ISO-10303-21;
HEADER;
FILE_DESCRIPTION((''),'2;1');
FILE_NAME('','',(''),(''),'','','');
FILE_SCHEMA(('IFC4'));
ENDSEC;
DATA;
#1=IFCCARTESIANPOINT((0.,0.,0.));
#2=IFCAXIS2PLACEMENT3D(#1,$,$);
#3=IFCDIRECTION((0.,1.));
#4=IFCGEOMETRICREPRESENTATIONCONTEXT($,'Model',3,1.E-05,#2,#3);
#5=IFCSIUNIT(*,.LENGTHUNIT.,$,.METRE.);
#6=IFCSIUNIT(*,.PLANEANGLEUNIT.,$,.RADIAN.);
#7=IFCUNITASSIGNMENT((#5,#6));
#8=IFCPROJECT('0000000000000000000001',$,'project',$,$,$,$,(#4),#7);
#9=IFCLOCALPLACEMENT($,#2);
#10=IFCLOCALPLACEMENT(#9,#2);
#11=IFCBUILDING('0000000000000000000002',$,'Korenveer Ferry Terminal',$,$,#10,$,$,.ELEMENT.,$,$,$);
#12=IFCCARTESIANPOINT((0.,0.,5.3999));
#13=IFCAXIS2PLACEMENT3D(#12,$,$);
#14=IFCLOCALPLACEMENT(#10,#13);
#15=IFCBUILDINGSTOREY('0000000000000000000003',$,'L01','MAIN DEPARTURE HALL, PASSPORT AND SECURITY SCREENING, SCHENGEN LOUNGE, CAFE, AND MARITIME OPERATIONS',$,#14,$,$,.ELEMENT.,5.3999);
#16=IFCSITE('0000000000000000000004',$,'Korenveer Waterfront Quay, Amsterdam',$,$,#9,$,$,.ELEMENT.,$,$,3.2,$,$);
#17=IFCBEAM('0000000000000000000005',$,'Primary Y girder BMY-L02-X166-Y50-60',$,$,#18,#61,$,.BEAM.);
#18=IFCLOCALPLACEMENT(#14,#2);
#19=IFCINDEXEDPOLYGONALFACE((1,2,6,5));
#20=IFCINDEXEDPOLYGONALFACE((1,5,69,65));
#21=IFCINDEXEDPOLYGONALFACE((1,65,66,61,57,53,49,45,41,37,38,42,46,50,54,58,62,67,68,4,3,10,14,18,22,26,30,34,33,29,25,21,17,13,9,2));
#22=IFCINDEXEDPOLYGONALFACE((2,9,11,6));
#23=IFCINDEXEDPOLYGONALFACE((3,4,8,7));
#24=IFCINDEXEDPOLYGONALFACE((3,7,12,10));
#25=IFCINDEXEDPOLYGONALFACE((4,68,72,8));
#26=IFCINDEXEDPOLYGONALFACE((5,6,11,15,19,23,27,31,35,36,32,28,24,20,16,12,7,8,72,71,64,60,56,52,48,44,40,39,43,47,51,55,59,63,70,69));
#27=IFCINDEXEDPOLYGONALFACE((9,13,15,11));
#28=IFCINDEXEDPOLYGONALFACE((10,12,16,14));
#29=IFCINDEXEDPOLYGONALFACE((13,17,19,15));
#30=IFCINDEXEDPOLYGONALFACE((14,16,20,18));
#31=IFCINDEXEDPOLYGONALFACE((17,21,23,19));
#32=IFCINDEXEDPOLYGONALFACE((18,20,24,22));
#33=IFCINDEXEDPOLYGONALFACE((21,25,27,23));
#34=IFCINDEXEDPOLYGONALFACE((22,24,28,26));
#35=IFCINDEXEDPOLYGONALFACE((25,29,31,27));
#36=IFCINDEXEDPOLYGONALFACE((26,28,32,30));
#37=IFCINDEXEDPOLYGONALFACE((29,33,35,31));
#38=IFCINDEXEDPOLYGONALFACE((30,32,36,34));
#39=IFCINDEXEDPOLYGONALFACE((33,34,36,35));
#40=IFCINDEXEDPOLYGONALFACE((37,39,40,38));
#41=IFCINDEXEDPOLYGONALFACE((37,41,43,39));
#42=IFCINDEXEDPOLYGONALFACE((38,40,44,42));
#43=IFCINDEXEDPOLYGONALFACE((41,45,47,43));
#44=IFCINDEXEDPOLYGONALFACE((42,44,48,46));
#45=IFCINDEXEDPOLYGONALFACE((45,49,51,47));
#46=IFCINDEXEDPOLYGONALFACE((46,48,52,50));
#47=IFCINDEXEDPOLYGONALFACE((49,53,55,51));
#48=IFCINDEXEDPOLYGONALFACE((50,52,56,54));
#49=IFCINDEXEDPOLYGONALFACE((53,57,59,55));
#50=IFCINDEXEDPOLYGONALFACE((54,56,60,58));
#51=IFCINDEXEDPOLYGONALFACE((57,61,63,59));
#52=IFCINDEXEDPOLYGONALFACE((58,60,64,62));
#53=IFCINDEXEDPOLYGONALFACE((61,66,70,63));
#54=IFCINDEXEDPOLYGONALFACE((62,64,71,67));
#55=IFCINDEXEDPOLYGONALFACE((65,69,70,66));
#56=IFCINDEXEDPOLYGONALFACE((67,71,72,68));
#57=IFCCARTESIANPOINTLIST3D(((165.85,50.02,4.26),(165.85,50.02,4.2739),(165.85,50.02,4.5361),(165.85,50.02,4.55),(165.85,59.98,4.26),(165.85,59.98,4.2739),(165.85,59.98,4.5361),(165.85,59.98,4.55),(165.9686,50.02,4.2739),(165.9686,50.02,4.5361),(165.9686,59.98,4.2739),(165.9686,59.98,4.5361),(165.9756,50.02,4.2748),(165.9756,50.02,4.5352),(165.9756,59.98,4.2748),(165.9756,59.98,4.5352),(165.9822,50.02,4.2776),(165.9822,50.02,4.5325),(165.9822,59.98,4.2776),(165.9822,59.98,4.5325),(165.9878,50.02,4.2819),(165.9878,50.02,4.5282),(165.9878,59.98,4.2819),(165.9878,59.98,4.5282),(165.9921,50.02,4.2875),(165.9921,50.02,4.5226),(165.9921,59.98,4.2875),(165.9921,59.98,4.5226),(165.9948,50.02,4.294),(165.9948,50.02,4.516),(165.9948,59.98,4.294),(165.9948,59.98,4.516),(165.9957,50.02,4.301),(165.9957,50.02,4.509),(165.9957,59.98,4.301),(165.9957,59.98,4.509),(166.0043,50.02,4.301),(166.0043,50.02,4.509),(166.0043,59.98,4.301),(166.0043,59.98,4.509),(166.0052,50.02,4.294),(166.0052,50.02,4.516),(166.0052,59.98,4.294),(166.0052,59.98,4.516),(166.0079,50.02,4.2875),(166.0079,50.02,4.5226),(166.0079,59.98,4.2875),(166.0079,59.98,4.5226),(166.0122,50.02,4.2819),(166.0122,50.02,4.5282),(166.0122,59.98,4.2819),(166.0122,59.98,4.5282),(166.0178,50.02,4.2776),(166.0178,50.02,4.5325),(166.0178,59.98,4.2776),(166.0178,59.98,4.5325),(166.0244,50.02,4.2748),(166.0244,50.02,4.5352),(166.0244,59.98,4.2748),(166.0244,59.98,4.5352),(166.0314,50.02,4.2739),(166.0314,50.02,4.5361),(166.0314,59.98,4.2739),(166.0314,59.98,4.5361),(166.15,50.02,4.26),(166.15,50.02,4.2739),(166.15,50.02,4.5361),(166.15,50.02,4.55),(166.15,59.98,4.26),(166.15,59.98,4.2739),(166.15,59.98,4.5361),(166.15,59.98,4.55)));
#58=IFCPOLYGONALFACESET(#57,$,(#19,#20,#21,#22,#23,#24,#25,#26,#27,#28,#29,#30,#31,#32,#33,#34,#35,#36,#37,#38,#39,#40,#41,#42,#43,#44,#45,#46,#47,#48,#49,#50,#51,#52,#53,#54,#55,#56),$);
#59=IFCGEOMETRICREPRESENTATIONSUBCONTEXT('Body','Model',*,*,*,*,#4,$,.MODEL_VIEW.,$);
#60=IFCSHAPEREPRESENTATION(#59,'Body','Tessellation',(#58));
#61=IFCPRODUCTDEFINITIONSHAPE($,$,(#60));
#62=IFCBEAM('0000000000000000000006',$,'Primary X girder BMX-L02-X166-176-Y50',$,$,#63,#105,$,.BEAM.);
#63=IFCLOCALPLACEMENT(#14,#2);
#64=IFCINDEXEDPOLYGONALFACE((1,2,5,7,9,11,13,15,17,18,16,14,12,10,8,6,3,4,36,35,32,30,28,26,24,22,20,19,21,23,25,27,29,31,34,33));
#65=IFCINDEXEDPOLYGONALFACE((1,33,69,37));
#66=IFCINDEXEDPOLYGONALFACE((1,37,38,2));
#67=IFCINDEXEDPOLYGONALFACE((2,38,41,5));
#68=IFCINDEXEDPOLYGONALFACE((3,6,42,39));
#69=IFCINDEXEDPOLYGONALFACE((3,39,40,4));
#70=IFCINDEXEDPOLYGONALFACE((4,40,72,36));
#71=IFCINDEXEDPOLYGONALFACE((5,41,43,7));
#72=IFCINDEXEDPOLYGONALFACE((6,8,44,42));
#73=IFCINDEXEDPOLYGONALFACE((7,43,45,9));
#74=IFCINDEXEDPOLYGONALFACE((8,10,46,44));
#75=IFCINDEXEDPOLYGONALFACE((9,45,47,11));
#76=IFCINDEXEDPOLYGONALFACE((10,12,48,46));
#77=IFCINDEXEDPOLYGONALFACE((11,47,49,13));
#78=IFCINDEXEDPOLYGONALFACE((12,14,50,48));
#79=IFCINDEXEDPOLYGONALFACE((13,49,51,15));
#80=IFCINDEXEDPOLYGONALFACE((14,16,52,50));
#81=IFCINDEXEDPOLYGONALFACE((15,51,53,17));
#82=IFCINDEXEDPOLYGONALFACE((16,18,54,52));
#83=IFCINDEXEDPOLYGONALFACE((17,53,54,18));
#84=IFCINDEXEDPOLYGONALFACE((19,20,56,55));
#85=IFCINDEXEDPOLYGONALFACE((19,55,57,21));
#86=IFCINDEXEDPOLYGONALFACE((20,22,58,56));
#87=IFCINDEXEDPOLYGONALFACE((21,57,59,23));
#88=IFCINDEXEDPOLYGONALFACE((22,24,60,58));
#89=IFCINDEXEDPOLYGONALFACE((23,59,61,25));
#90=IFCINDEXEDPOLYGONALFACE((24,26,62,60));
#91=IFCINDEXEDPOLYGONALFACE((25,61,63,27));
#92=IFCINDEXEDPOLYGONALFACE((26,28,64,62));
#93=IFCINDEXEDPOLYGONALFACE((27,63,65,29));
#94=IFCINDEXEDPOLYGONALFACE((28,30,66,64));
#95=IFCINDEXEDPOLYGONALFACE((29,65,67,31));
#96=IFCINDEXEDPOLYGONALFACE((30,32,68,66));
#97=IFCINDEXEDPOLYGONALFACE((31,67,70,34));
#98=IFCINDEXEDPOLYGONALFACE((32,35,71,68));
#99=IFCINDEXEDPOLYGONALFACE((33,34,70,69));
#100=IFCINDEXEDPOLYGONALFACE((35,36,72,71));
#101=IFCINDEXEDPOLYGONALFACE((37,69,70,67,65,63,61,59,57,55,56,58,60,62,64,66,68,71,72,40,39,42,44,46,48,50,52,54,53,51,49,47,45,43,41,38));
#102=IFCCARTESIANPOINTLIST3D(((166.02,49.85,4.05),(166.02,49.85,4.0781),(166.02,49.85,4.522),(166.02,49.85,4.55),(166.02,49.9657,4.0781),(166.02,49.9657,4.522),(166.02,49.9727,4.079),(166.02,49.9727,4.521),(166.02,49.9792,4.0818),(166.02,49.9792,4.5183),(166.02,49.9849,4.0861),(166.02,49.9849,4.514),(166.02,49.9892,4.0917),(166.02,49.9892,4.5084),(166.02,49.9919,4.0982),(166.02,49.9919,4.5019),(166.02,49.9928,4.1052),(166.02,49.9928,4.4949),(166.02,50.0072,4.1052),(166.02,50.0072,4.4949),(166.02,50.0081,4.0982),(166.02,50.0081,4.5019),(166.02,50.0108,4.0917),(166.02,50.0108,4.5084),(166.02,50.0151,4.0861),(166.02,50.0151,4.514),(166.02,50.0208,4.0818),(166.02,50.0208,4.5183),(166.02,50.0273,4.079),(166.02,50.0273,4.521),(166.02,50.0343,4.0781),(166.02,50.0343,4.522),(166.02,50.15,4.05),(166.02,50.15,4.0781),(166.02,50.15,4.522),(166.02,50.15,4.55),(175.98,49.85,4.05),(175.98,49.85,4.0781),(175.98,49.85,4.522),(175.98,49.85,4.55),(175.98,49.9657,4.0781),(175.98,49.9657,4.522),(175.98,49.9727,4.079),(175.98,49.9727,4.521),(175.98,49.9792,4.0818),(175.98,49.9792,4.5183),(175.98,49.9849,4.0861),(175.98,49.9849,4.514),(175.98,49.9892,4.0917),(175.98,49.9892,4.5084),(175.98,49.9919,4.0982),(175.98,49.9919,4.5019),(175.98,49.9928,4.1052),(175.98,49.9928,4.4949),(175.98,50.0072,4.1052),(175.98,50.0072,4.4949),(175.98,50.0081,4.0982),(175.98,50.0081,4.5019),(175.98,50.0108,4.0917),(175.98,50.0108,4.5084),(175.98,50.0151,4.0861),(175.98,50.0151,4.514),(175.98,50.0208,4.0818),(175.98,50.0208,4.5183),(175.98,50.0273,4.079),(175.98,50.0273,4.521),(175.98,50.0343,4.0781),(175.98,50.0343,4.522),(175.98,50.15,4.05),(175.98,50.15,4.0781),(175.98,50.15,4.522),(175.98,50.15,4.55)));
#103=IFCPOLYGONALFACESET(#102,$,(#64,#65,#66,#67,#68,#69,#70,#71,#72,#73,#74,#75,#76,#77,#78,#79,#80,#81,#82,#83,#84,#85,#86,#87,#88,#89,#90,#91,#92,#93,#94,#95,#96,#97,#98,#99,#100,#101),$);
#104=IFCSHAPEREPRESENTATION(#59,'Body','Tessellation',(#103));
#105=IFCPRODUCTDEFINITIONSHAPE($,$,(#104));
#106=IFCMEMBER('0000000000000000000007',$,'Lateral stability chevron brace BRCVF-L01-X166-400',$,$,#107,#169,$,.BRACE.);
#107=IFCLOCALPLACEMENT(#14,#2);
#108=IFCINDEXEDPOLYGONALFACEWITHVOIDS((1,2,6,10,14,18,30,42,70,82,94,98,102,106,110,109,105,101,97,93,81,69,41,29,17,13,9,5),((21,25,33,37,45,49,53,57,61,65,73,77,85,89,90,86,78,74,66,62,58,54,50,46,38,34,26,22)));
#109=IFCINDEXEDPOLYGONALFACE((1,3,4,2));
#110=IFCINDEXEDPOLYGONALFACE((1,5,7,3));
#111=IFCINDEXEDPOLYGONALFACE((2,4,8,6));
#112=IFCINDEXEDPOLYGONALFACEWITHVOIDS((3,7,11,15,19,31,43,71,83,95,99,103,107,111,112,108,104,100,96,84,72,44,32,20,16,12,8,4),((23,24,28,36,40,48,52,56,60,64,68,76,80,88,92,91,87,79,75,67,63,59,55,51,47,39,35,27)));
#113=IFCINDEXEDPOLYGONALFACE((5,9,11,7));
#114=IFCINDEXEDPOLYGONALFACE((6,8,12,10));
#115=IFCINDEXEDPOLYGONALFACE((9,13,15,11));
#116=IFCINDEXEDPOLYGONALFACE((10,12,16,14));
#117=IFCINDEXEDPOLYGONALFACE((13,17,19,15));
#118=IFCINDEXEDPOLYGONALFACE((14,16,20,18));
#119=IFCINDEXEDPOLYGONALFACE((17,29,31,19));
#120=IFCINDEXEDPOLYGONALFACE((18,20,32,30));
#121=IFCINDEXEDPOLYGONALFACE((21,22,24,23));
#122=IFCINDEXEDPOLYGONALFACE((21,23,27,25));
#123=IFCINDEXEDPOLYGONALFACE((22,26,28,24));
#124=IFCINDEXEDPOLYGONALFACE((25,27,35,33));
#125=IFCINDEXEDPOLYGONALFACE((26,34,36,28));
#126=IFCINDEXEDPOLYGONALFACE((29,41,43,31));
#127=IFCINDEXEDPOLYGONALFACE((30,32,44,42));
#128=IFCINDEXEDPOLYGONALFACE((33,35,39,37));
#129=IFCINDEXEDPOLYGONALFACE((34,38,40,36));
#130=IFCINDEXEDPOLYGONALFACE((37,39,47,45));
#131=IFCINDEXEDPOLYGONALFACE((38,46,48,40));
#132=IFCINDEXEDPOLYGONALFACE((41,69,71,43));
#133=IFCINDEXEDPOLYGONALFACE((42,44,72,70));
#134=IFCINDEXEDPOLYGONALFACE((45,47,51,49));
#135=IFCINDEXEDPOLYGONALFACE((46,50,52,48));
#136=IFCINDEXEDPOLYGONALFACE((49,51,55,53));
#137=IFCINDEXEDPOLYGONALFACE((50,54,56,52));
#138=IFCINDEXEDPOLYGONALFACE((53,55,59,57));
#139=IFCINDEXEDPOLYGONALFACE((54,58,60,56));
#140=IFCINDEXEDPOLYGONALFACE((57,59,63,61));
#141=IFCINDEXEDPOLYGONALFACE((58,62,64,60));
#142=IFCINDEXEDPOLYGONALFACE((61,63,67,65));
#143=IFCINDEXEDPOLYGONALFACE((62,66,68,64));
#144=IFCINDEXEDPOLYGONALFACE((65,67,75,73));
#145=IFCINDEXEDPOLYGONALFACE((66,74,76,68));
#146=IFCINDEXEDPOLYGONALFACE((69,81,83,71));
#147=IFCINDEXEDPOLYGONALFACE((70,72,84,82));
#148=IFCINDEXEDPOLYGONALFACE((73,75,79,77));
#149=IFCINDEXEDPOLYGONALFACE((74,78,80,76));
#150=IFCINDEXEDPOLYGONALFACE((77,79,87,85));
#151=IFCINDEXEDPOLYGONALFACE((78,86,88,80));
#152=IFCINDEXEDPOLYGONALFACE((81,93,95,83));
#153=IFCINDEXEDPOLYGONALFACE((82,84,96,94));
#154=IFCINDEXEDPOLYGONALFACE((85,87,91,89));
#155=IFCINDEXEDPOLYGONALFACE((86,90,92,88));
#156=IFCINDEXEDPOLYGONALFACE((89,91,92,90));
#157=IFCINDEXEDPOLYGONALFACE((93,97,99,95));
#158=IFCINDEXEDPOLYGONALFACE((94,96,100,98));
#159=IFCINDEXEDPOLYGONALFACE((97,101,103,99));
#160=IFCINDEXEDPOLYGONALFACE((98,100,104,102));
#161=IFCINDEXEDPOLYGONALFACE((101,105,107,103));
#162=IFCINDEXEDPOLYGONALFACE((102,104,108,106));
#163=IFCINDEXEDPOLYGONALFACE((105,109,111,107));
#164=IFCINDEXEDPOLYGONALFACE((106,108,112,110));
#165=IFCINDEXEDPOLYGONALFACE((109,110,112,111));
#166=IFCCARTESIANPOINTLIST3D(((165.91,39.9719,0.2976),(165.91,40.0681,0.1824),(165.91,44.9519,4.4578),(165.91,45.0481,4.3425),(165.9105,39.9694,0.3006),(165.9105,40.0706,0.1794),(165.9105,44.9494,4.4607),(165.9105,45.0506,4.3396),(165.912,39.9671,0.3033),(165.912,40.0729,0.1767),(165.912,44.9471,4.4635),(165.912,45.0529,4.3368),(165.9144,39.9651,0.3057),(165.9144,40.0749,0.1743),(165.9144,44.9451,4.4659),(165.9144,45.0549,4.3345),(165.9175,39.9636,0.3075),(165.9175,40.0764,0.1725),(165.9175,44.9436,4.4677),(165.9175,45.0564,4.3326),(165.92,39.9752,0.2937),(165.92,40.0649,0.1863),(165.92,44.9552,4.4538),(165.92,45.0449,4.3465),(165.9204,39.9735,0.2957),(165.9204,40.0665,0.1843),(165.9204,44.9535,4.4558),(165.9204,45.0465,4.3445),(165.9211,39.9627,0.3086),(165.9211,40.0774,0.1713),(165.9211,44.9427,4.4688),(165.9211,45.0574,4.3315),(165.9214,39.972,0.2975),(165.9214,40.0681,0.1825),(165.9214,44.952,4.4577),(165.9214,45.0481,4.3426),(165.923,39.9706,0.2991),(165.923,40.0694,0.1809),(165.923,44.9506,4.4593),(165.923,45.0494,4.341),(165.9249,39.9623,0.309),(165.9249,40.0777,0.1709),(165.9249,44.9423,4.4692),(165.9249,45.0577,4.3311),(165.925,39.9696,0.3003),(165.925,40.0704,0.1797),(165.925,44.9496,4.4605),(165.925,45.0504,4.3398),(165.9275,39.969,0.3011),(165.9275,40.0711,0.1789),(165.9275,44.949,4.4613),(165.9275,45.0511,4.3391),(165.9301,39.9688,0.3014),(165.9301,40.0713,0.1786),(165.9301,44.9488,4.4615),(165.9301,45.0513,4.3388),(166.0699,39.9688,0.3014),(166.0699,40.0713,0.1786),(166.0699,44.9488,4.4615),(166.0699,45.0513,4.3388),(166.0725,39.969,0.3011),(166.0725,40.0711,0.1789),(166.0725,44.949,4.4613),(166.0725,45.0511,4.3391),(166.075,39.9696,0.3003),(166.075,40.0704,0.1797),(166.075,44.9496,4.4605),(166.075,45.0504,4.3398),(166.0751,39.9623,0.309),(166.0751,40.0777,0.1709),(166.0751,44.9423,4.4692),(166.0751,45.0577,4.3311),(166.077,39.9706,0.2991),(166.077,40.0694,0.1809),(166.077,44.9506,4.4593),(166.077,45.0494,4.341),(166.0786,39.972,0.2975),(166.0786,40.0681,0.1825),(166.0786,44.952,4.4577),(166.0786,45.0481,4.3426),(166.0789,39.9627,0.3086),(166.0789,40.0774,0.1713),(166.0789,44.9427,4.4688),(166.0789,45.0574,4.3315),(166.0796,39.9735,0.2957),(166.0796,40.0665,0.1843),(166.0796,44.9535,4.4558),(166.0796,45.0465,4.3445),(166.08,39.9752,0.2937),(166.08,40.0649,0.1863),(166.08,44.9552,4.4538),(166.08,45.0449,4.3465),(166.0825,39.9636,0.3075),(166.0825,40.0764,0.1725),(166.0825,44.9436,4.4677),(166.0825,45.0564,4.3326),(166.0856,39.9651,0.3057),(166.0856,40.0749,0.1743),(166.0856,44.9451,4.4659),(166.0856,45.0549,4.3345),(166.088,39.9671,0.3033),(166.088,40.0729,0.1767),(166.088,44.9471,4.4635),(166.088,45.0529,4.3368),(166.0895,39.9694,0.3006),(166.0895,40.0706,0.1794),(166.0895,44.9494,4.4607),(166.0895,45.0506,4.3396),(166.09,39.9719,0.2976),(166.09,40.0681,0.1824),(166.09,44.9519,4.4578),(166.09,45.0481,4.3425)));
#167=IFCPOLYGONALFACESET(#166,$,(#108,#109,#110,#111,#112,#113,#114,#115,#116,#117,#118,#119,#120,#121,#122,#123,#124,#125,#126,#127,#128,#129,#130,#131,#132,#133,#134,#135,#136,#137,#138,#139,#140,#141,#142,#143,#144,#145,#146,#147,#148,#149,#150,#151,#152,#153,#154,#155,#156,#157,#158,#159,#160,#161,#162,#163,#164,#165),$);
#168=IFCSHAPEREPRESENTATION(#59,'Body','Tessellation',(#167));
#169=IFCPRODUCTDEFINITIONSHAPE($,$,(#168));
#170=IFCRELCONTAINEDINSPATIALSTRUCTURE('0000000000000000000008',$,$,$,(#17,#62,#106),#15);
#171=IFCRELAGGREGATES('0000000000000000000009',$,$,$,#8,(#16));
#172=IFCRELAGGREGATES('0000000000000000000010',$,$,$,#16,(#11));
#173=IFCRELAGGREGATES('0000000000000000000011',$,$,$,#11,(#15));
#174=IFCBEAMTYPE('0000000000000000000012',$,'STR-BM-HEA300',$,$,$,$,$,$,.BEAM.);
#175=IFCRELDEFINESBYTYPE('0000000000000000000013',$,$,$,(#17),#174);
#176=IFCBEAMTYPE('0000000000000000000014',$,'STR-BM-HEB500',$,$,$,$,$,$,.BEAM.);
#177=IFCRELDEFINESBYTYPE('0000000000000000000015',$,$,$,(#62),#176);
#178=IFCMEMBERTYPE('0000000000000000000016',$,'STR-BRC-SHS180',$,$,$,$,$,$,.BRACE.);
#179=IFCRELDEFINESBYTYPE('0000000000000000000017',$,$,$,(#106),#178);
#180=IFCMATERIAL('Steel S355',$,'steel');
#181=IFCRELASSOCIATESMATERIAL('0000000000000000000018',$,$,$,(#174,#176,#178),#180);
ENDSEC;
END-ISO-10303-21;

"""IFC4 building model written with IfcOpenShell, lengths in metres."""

from ifc_helpers import new_model, si_unit, direction, frame, origin, origin_2d, place, context, subcontext, project, spatial, hollow_rectangle, i_section, extrude, material, material_profile, profile_set, type_object, element, save


model = new_model("IFC4")

# Units and contexts
model_context = context("Model", 3, precision=1e-05, world=origin(), true_north=direction((0.0, 1.0)))
body_context = subcontext(model_context, "Body", "Model", "MODEL_VIEW")
ifc_project = project(units=[si_unit("LENGTHUNIT", "METRE"), si_unit("PLANEANGLEUNIT", "RADIAN")], contexts=[model_context])

# Site, building, storey
site_placement = place(None, origin())
site = spatial("IfcSite", under=ifc_project, at=site_placement, Name="Korenveer Waterfront Quay, Amsterdam", CompositionType="ELEMENT", RefElevation=3.2)
building_placement = place(site_placement, origin())
building = spatial("IfcBuilding", under=site, at=building_placement, Name="Korenveer Ferry Terminal", CompositionType="ELEMENT")
storey_placement = place(building_placement, frame((0.0, 0.0, 5.3999)))
storey = spatial("IfcBuildingStorey", under=building, at=storey_placement, Name="L01", Description="MAIN DEPARTURE HALL, PASSPORT AND SECURITY SCREENING, SCHENGEN LOUNGE, CAFE, AND MARITIME OPERATIONS", CompositionType="ELEMENT", Elevation=5.3999)

# Shared definitions
ifc_material_1 = material(Name="Steel S355", Category="steel")

# Beams
ifc_material_profile_1 = material_profile(ifc_material_1, i_section(OverallWidth=0.3, OverallDepth=0.29, WebThickness=0.0085, FlangeThickness=0.0139, FilletRadius=0.0271, at=origin_2d()), Name="HEA 300")
ifc_profile_set_1 = profile_set([ifc_material_profile_1], Name="Steel S355")
beam_type_1 = type_object("IfcBeamType", Name="STR-BM-HEA300", PredefinedType="BEAM", material=ifc_profile_set_1)
beam_1_placement = place(storey_placement, frame((166.0, 50.02, 4.405), z_axis=(0.0, 1.0, 0.0), x_axis=(-1.0, 0.0, 0.0)))
element("IfcBeam", 1, at=beam_1_placement, inside=storey, type_object=beam_type_1, Name="Primary Y girder BMY-L02-X166-Y50-60", PredefinedType="BEAM", context=body_context, shape_type="SweptSolid", body=[
    extrude(i_section(OverallWidth=0.3, OverallDepth=0.29, WebThickness=0.0085, FlangeThickness=0.0139, FilletRadius=0.0271, at=origin_2d()), origin(), (0.0, 0.0, 1.0), 9.96),
])
ifc_material_profile_2 = material_profile(ifc_material_1, i_section(OverallWidth=0.3, OverallDepth=0.5, WebThickness=0.0144, FlangeThickness=0.0281, FilletRadius=0.0271, at=origin_2d()), Name="HEB 500")
ifc_profile_set_2 = profile_set([ifc_material_profile_2], Name="Steel S355")
beam_type_2 = type_object("IfcBeamType", Name="STR-BM-HEB500", PredefinedType="BEAM", material=ifc_profile_set_2)
beam_2_placement = place(storey_placement, frame((166.02, 50.0, 4.3), z_axis=(1.0, 0.0, 0.0), x_axis=(0.0, 1.0, 0.0)))
element("IfcBeam", 2, at=beam_2_placement, inside=storey, type_object=beam_type_2, Name="Primary X girder BMX-L02-X166-176-Y50", PredefinedType="BEAM", context=body_context, shape_type="SweptSolid", body=[
    extrude(i_section(OverallWidth=0.3, OverallDepth=0.5, WebThickness=0.0144, FlangeThickness=0.0281, FilletRadius=0.0271, at=origin_2d()), origin(), (0.0, 0.0, 1.0), 9.96),
])

# Member
ifc_material_profile_3 = material_profile(ifc_material_1, hollow_rectangle(XDim=0.1799, YDim=0.1799, WallThickness=0.01, InnerFilletRadius=0.01, OuterFilletRadius=0.0149, at=origin_2d()), Name="SHS 180x180x10")
ifc_profile_set_3 = profile_set([ifc_material_profile_3], Name="Steel S355")
member_type_1 = type_object("IfcMemberType", Name="STR-BRC-SHS180", PredefinedType="BRACE", material=ifc_profile_set_3)
for number, where, z_axis, x_axis, name in (
    (3, (166.0, 40.02, 0.24), (0.0, 0.76745, 0.641109), (-1.0, 0.0, 0.0), "Lateral stability chevron brace BRCVF-L01-X166-400"),
):
    element("IfcMember", number, at=place(storey_placement, frame(where, z_axis=z_axis, x_axis=x_axis)), inside=storey, type_object=member_type_1, Name=name, PredefinedType="BRACE", context=body_context, shape_type="SweptSolid", body=[
        extrude(hollow_rectangle(XDim=0.1799, YDim=0.1799, WallThickness=0.01, InnerFilletRadius=0.01, OuterFilletRadius=0.0149, at=origin_2d()), origin(), (0.0, 0.0, 1.0), 6.489),
    ])

save(model, "model.ifc")
